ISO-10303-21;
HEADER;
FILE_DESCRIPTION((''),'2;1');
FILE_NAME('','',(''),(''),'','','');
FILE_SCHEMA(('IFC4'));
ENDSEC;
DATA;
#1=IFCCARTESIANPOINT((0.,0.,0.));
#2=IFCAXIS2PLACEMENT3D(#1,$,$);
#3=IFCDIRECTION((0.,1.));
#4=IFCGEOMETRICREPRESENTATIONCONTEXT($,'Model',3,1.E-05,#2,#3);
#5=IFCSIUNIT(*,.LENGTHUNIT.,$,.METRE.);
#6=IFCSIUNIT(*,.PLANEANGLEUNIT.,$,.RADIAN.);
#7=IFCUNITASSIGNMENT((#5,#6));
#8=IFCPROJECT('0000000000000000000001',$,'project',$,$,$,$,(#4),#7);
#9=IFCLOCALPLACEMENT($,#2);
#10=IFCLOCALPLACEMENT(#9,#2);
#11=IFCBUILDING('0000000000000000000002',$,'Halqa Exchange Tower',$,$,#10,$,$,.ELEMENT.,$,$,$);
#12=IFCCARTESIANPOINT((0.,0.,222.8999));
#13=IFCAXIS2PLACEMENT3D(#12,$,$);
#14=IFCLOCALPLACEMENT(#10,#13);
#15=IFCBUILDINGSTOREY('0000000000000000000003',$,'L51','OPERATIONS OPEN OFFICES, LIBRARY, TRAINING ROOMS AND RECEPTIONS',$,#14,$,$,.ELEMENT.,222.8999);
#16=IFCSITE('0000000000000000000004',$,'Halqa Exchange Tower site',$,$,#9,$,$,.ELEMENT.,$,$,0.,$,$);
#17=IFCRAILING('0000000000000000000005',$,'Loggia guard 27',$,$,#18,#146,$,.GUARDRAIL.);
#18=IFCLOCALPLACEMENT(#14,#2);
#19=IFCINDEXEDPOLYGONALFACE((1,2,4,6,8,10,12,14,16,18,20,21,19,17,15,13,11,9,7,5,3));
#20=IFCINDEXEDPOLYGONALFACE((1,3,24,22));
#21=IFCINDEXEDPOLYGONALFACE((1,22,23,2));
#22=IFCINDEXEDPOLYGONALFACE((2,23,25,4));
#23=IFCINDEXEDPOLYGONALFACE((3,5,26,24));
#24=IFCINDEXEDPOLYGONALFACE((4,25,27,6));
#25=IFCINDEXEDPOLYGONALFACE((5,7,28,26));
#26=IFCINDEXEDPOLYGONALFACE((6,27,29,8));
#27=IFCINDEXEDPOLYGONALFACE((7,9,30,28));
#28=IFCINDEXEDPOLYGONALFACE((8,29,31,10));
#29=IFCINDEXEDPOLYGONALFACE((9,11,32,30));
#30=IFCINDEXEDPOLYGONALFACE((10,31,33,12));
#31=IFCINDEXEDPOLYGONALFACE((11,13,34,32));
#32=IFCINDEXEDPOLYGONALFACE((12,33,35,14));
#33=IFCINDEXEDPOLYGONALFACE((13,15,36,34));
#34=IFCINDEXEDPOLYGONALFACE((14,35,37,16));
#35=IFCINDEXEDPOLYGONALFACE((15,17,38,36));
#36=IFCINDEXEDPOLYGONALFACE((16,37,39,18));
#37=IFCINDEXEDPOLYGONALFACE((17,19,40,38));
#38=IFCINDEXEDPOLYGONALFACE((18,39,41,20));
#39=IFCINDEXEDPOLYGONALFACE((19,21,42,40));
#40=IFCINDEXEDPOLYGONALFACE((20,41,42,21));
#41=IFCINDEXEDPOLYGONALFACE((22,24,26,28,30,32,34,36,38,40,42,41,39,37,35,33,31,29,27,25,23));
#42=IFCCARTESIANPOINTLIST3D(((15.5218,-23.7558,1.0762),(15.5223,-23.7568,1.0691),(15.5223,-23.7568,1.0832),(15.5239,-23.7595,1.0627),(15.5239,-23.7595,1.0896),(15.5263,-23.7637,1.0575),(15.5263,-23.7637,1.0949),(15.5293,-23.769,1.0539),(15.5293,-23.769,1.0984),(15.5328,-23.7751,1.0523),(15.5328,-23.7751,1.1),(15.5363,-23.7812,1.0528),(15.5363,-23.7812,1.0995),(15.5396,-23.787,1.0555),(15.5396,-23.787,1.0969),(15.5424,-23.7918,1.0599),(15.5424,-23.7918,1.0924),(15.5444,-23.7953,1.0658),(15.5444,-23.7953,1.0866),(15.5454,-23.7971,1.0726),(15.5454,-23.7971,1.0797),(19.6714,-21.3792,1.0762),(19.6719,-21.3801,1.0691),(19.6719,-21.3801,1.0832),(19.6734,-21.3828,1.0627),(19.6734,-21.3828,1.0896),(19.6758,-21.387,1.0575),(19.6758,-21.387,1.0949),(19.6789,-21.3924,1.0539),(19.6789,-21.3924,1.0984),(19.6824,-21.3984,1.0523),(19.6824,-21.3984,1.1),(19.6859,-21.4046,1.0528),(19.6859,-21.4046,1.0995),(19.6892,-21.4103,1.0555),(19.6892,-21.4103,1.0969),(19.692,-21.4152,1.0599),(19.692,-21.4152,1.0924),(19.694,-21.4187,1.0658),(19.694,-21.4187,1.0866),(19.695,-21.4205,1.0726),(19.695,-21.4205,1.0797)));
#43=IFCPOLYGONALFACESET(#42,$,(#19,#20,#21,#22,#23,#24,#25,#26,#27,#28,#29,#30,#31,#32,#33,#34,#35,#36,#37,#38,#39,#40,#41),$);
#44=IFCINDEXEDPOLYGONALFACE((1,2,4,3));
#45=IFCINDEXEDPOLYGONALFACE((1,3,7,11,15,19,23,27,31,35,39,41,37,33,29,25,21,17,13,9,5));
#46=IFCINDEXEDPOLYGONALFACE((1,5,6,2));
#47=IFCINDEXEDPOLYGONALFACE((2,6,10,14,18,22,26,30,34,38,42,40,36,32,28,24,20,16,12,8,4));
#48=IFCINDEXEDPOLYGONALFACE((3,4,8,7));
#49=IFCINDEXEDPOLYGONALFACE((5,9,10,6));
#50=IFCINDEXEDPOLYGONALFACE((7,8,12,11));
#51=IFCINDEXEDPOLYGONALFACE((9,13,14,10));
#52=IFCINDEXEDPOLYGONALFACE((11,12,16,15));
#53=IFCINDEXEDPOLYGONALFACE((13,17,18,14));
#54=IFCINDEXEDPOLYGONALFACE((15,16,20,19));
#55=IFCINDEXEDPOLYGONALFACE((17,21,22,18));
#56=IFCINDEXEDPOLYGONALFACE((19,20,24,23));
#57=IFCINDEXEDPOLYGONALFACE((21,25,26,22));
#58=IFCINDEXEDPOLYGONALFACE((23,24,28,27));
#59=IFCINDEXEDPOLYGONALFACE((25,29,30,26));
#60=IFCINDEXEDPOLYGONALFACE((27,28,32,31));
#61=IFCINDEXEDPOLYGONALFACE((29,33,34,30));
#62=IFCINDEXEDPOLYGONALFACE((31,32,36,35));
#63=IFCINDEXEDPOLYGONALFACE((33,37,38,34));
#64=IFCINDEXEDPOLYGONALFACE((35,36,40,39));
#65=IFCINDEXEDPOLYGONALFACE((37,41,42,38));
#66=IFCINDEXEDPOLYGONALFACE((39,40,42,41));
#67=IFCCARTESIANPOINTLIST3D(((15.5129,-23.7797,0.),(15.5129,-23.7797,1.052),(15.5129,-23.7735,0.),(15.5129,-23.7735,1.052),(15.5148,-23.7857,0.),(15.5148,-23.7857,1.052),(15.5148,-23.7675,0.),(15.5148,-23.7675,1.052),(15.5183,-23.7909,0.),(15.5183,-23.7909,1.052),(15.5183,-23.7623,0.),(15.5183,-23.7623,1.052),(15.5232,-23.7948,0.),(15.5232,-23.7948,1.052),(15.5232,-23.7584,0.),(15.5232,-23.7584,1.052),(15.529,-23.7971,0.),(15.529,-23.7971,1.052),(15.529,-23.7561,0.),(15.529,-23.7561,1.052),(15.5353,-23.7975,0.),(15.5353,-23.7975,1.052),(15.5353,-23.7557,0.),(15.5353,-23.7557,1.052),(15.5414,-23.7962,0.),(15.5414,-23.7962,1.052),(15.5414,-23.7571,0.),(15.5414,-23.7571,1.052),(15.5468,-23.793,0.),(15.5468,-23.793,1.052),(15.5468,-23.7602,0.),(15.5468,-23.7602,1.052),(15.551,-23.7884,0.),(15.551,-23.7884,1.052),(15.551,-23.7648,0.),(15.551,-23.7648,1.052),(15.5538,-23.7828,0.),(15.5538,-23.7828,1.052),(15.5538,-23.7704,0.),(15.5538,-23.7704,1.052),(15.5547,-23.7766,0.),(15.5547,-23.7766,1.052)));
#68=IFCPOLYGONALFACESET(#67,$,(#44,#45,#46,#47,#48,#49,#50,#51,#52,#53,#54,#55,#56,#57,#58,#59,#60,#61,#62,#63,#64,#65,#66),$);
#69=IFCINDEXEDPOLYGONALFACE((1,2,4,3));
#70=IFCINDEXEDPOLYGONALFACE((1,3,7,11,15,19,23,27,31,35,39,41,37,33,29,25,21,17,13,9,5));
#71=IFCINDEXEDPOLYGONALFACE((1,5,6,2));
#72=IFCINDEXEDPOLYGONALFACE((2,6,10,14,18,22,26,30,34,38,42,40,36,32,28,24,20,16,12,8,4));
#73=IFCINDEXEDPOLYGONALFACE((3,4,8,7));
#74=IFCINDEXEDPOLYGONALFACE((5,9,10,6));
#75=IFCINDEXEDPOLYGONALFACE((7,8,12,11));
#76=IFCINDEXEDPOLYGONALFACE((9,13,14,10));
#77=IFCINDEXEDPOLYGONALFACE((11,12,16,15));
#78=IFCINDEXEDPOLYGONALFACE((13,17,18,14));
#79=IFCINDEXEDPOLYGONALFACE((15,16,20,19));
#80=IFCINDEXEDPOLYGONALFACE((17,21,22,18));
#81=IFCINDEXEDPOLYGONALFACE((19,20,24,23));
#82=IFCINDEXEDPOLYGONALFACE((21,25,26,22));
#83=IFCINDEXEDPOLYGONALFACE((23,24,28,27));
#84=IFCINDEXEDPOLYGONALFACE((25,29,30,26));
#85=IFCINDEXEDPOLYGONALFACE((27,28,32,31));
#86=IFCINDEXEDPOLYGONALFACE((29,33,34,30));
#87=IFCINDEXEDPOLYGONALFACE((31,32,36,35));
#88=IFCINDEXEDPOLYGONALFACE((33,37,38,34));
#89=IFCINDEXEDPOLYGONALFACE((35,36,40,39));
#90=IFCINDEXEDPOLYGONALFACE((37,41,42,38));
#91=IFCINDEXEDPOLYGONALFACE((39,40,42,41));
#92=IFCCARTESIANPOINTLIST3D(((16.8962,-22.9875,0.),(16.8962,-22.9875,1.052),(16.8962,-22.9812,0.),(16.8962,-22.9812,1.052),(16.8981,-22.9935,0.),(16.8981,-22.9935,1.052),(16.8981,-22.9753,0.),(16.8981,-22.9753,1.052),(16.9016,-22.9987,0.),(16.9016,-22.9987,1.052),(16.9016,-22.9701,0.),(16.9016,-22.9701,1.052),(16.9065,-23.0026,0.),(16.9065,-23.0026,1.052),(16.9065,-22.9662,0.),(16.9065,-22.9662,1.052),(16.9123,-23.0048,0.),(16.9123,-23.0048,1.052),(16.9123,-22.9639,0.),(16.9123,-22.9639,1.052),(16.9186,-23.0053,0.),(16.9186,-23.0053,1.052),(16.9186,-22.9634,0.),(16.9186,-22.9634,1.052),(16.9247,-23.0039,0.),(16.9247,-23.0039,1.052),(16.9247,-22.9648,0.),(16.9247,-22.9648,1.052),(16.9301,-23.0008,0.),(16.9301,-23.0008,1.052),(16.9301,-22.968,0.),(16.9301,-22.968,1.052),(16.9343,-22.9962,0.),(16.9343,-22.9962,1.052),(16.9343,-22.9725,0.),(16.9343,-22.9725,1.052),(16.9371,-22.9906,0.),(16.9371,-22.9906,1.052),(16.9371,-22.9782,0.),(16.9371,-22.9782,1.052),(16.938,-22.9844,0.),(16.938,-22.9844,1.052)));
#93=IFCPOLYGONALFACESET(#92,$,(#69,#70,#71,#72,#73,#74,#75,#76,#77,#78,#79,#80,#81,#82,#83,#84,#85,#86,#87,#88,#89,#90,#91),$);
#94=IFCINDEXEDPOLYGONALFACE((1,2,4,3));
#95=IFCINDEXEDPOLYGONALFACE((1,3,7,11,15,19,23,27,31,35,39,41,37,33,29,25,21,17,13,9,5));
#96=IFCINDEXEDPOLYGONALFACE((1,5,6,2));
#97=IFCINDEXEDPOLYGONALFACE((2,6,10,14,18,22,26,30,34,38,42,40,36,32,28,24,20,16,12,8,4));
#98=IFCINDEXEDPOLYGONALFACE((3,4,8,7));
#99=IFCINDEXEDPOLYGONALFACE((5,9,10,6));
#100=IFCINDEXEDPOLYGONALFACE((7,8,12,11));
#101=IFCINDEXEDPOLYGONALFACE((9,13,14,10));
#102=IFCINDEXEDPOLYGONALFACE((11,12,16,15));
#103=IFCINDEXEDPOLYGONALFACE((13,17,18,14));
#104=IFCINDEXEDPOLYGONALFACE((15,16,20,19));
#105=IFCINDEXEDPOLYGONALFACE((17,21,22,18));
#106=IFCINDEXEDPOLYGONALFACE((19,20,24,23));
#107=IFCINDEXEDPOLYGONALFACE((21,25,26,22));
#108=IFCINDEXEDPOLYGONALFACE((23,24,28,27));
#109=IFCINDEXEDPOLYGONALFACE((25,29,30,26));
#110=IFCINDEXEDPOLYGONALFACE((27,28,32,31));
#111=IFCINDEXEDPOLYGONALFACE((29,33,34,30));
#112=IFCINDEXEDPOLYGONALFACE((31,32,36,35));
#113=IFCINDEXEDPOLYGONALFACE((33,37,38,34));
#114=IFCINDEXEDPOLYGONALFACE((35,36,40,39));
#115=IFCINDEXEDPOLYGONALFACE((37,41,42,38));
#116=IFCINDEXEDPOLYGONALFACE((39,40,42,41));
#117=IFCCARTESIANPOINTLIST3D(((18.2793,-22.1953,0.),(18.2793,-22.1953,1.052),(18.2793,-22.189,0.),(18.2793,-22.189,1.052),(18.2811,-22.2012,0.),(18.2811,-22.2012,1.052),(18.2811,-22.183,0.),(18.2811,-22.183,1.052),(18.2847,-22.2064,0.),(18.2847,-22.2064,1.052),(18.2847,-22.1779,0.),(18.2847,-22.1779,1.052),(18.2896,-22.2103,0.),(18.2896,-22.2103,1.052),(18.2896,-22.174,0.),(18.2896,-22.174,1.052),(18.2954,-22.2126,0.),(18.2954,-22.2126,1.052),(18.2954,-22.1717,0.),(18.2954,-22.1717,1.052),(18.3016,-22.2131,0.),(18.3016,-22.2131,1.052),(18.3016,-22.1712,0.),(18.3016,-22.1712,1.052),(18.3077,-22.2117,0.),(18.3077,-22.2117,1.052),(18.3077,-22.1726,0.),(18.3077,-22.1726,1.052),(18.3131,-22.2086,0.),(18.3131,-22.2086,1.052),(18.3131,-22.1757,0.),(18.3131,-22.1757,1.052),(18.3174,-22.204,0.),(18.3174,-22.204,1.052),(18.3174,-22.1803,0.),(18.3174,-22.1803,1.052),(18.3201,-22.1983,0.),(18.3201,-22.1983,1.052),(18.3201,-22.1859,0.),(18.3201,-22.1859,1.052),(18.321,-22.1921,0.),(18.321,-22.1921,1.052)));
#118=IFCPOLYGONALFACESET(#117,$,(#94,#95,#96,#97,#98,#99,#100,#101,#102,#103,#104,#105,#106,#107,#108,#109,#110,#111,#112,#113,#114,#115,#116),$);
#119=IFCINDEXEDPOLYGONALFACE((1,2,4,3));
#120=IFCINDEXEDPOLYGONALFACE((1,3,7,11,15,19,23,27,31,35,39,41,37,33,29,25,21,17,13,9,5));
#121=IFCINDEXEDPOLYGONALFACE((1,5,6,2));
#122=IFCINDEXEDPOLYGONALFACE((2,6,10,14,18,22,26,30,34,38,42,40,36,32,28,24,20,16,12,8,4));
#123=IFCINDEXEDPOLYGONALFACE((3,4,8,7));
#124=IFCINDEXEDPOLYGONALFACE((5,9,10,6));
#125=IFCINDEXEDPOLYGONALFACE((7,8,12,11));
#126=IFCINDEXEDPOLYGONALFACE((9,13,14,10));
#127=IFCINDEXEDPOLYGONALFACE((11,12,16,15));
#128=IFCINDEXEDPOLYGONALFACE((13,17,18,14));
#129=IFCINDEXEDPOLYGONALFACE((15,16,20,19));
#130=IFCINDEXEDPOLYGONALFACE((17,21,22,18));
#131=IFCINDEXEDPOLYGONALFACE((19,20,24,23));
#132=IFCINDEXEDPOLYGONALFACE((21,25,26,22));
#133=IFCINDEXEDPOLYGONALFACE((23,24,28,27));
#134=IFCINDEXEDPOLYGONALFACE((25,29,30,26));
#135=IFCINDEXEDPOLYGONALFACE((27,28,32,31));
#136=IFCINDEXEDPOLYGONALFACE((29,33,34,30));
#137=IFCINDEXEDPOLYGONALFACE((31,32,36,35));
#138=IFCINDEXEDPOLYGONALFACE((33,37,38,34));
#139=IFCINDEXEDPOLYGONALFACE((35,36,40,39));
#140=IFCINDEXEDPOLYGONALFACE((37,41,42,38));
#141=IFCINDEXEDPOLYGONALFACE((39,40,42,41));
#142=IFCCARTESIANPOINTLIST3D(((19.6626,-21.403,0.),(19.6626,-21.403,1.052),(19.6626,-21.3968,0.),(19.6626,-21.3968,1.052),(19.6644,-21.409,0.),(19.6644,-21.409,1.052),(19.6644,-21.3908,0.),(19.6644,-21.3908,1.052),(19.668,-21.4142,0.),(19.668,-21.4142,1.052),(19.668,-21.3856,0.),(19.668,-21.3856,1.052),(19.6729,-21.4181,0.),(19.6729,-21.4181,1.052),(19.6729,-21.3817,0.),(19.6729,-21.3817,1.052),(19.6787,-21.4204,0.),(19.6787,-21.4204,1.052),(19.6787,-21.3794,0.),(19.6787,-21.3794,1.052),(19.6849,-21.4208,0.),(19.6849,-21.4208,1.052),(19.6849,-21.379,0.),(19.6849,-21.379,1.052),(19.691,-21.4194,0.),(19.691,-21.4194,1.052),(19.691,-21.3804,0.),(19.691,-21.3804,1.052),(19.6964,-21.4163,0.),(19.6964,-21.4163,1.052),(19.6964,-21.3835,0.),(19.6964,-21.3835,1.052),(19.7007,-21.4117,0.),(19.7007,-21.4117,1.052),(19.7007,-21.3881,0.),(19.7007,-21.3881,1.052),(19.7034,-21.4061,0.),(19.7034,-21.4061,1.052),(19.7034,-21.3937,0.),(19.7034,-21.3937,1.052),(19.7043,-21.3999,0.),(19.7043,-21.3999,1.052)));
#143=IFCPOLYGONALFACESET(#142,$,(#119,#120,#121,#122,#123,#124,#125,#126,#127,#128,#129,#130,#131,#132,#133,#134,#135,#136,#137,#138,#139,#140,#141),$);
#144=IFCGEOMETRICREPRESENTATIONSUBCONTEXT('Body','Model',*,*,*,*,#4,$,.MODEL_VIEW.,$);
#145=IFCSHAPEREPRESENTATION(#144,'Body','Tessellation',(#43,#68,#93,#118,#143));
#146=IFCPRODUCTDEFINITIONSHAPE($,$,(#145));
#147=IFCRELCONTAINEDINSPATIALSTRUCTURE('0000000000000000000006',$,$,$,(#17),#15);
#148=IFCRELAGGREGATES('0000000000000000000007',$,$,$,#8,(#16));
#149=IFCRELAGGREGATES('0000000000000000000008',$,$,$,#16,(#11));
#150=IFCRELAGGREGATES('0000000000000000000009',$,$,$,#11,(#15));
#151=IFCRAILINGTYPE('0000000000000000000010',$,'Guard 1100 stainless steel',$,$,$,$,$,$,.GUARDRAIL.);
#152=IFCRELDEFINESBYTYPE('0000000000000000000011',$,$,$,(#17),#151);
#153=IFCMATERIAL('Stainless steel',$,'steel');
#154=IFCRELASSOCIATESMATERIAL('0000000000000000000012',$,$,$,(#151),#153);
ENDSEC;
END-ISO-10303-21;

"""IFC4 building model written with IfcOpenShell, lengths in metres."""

from ifc_helpers import new_model, si_unit, direction, frame, origin, origin_2d, place, context, subcontext, project, spatial, circle, extrude, material, type_object, element, save


model = new_model("IFC4")

# Units and contexts
model_context = context("Model", 3, precision=1e-05, world=origin(), true_north=direction((0.0, 1.0)))
body_context = subcontext(model_context, "Body", "Model", "MODEL_VIEW")
ifc_project = project(units=[si_unit("LENGTHUNIT", "METRE"), si_unit("PLANEANGLEUNIT", "RADIAN")], contexts=[model_context])

# Site, building, storey
site_placement = place(None, origin())
site = spatial("IfcSite", under=ifc_project, at=site_placement, Name="Halqa Exchange Tower site", CompositionType="ELEMENT", RefElevation=0.0)
building_placement = place(site_placement, origin())
building = spatial("IfcBuilding", under=site, at=building_placement, Name="Halqa Exchange Tower", CompositionType="ELEMENT")
storey_placement = place(building_placement, frame((0.0, 0.0, 222.8999)))
storey = spatial("IfcBuildingStorey", under=building, at=storey_placement, Name="L51", Description="OPERATIONS OPEN OFFICES, LIBRARY, TRAINING ROOMS AND RECEPTIONS", CompositionType="ELEMENT", Elevation=222.8999)

# Railing
ifc_material_1 = material(Name="Stainless steel", Category="steel")
railing_type = type_object("IfcRailingType", Name="Guard 1100 stainless steel", PredefinedType="GUARDRAIL", material=ifc_material_1)
railing_1_placement = place(storey_placement, frame((15.5337, -23.7766, 0.0)))
element("IfcRailing", 1, at=railing_1_placement, inside=storey, type_object=railing_type, Name="Loggia guard 27", PredefinedType="GUARDRAIL", context=body_context, shape_type="SweptSolid", body=[
    extrude(circle(Radius=0.0239, at=origin_2d()), frame((0.0, 0.0, 1.0762), z_axis=(0.867749, 0.497002, 0.0), x_axis=(-0.497002, 0.867749, 0.0)), (0.0, 0.0, 1.0), 4.782),
    extrude(circle(Radius=0.021, at=origin_2d()), origin(), (0.0, 0.0, 1.0), 1.052),
    extrude(circle(Radius=0.021, at=origin_2d()), frame((1.3833, 0.7922, 0.0)), (0.0, 0.0, 1.0), 1.052),
    extrude(circle(Radius=0.021, at=origin_2d()), frame((2.7664, 1.5845, 0.0)), (0.0, 0.0, 1.0), 1.052),
    extrude(circle(Radius=0.021, at=origin_2d()), frame((4.1497, 2.3767, 0.0)), (0.0, 0.0, 1.0), 1.052),
])

save(model, "model.ifc")
